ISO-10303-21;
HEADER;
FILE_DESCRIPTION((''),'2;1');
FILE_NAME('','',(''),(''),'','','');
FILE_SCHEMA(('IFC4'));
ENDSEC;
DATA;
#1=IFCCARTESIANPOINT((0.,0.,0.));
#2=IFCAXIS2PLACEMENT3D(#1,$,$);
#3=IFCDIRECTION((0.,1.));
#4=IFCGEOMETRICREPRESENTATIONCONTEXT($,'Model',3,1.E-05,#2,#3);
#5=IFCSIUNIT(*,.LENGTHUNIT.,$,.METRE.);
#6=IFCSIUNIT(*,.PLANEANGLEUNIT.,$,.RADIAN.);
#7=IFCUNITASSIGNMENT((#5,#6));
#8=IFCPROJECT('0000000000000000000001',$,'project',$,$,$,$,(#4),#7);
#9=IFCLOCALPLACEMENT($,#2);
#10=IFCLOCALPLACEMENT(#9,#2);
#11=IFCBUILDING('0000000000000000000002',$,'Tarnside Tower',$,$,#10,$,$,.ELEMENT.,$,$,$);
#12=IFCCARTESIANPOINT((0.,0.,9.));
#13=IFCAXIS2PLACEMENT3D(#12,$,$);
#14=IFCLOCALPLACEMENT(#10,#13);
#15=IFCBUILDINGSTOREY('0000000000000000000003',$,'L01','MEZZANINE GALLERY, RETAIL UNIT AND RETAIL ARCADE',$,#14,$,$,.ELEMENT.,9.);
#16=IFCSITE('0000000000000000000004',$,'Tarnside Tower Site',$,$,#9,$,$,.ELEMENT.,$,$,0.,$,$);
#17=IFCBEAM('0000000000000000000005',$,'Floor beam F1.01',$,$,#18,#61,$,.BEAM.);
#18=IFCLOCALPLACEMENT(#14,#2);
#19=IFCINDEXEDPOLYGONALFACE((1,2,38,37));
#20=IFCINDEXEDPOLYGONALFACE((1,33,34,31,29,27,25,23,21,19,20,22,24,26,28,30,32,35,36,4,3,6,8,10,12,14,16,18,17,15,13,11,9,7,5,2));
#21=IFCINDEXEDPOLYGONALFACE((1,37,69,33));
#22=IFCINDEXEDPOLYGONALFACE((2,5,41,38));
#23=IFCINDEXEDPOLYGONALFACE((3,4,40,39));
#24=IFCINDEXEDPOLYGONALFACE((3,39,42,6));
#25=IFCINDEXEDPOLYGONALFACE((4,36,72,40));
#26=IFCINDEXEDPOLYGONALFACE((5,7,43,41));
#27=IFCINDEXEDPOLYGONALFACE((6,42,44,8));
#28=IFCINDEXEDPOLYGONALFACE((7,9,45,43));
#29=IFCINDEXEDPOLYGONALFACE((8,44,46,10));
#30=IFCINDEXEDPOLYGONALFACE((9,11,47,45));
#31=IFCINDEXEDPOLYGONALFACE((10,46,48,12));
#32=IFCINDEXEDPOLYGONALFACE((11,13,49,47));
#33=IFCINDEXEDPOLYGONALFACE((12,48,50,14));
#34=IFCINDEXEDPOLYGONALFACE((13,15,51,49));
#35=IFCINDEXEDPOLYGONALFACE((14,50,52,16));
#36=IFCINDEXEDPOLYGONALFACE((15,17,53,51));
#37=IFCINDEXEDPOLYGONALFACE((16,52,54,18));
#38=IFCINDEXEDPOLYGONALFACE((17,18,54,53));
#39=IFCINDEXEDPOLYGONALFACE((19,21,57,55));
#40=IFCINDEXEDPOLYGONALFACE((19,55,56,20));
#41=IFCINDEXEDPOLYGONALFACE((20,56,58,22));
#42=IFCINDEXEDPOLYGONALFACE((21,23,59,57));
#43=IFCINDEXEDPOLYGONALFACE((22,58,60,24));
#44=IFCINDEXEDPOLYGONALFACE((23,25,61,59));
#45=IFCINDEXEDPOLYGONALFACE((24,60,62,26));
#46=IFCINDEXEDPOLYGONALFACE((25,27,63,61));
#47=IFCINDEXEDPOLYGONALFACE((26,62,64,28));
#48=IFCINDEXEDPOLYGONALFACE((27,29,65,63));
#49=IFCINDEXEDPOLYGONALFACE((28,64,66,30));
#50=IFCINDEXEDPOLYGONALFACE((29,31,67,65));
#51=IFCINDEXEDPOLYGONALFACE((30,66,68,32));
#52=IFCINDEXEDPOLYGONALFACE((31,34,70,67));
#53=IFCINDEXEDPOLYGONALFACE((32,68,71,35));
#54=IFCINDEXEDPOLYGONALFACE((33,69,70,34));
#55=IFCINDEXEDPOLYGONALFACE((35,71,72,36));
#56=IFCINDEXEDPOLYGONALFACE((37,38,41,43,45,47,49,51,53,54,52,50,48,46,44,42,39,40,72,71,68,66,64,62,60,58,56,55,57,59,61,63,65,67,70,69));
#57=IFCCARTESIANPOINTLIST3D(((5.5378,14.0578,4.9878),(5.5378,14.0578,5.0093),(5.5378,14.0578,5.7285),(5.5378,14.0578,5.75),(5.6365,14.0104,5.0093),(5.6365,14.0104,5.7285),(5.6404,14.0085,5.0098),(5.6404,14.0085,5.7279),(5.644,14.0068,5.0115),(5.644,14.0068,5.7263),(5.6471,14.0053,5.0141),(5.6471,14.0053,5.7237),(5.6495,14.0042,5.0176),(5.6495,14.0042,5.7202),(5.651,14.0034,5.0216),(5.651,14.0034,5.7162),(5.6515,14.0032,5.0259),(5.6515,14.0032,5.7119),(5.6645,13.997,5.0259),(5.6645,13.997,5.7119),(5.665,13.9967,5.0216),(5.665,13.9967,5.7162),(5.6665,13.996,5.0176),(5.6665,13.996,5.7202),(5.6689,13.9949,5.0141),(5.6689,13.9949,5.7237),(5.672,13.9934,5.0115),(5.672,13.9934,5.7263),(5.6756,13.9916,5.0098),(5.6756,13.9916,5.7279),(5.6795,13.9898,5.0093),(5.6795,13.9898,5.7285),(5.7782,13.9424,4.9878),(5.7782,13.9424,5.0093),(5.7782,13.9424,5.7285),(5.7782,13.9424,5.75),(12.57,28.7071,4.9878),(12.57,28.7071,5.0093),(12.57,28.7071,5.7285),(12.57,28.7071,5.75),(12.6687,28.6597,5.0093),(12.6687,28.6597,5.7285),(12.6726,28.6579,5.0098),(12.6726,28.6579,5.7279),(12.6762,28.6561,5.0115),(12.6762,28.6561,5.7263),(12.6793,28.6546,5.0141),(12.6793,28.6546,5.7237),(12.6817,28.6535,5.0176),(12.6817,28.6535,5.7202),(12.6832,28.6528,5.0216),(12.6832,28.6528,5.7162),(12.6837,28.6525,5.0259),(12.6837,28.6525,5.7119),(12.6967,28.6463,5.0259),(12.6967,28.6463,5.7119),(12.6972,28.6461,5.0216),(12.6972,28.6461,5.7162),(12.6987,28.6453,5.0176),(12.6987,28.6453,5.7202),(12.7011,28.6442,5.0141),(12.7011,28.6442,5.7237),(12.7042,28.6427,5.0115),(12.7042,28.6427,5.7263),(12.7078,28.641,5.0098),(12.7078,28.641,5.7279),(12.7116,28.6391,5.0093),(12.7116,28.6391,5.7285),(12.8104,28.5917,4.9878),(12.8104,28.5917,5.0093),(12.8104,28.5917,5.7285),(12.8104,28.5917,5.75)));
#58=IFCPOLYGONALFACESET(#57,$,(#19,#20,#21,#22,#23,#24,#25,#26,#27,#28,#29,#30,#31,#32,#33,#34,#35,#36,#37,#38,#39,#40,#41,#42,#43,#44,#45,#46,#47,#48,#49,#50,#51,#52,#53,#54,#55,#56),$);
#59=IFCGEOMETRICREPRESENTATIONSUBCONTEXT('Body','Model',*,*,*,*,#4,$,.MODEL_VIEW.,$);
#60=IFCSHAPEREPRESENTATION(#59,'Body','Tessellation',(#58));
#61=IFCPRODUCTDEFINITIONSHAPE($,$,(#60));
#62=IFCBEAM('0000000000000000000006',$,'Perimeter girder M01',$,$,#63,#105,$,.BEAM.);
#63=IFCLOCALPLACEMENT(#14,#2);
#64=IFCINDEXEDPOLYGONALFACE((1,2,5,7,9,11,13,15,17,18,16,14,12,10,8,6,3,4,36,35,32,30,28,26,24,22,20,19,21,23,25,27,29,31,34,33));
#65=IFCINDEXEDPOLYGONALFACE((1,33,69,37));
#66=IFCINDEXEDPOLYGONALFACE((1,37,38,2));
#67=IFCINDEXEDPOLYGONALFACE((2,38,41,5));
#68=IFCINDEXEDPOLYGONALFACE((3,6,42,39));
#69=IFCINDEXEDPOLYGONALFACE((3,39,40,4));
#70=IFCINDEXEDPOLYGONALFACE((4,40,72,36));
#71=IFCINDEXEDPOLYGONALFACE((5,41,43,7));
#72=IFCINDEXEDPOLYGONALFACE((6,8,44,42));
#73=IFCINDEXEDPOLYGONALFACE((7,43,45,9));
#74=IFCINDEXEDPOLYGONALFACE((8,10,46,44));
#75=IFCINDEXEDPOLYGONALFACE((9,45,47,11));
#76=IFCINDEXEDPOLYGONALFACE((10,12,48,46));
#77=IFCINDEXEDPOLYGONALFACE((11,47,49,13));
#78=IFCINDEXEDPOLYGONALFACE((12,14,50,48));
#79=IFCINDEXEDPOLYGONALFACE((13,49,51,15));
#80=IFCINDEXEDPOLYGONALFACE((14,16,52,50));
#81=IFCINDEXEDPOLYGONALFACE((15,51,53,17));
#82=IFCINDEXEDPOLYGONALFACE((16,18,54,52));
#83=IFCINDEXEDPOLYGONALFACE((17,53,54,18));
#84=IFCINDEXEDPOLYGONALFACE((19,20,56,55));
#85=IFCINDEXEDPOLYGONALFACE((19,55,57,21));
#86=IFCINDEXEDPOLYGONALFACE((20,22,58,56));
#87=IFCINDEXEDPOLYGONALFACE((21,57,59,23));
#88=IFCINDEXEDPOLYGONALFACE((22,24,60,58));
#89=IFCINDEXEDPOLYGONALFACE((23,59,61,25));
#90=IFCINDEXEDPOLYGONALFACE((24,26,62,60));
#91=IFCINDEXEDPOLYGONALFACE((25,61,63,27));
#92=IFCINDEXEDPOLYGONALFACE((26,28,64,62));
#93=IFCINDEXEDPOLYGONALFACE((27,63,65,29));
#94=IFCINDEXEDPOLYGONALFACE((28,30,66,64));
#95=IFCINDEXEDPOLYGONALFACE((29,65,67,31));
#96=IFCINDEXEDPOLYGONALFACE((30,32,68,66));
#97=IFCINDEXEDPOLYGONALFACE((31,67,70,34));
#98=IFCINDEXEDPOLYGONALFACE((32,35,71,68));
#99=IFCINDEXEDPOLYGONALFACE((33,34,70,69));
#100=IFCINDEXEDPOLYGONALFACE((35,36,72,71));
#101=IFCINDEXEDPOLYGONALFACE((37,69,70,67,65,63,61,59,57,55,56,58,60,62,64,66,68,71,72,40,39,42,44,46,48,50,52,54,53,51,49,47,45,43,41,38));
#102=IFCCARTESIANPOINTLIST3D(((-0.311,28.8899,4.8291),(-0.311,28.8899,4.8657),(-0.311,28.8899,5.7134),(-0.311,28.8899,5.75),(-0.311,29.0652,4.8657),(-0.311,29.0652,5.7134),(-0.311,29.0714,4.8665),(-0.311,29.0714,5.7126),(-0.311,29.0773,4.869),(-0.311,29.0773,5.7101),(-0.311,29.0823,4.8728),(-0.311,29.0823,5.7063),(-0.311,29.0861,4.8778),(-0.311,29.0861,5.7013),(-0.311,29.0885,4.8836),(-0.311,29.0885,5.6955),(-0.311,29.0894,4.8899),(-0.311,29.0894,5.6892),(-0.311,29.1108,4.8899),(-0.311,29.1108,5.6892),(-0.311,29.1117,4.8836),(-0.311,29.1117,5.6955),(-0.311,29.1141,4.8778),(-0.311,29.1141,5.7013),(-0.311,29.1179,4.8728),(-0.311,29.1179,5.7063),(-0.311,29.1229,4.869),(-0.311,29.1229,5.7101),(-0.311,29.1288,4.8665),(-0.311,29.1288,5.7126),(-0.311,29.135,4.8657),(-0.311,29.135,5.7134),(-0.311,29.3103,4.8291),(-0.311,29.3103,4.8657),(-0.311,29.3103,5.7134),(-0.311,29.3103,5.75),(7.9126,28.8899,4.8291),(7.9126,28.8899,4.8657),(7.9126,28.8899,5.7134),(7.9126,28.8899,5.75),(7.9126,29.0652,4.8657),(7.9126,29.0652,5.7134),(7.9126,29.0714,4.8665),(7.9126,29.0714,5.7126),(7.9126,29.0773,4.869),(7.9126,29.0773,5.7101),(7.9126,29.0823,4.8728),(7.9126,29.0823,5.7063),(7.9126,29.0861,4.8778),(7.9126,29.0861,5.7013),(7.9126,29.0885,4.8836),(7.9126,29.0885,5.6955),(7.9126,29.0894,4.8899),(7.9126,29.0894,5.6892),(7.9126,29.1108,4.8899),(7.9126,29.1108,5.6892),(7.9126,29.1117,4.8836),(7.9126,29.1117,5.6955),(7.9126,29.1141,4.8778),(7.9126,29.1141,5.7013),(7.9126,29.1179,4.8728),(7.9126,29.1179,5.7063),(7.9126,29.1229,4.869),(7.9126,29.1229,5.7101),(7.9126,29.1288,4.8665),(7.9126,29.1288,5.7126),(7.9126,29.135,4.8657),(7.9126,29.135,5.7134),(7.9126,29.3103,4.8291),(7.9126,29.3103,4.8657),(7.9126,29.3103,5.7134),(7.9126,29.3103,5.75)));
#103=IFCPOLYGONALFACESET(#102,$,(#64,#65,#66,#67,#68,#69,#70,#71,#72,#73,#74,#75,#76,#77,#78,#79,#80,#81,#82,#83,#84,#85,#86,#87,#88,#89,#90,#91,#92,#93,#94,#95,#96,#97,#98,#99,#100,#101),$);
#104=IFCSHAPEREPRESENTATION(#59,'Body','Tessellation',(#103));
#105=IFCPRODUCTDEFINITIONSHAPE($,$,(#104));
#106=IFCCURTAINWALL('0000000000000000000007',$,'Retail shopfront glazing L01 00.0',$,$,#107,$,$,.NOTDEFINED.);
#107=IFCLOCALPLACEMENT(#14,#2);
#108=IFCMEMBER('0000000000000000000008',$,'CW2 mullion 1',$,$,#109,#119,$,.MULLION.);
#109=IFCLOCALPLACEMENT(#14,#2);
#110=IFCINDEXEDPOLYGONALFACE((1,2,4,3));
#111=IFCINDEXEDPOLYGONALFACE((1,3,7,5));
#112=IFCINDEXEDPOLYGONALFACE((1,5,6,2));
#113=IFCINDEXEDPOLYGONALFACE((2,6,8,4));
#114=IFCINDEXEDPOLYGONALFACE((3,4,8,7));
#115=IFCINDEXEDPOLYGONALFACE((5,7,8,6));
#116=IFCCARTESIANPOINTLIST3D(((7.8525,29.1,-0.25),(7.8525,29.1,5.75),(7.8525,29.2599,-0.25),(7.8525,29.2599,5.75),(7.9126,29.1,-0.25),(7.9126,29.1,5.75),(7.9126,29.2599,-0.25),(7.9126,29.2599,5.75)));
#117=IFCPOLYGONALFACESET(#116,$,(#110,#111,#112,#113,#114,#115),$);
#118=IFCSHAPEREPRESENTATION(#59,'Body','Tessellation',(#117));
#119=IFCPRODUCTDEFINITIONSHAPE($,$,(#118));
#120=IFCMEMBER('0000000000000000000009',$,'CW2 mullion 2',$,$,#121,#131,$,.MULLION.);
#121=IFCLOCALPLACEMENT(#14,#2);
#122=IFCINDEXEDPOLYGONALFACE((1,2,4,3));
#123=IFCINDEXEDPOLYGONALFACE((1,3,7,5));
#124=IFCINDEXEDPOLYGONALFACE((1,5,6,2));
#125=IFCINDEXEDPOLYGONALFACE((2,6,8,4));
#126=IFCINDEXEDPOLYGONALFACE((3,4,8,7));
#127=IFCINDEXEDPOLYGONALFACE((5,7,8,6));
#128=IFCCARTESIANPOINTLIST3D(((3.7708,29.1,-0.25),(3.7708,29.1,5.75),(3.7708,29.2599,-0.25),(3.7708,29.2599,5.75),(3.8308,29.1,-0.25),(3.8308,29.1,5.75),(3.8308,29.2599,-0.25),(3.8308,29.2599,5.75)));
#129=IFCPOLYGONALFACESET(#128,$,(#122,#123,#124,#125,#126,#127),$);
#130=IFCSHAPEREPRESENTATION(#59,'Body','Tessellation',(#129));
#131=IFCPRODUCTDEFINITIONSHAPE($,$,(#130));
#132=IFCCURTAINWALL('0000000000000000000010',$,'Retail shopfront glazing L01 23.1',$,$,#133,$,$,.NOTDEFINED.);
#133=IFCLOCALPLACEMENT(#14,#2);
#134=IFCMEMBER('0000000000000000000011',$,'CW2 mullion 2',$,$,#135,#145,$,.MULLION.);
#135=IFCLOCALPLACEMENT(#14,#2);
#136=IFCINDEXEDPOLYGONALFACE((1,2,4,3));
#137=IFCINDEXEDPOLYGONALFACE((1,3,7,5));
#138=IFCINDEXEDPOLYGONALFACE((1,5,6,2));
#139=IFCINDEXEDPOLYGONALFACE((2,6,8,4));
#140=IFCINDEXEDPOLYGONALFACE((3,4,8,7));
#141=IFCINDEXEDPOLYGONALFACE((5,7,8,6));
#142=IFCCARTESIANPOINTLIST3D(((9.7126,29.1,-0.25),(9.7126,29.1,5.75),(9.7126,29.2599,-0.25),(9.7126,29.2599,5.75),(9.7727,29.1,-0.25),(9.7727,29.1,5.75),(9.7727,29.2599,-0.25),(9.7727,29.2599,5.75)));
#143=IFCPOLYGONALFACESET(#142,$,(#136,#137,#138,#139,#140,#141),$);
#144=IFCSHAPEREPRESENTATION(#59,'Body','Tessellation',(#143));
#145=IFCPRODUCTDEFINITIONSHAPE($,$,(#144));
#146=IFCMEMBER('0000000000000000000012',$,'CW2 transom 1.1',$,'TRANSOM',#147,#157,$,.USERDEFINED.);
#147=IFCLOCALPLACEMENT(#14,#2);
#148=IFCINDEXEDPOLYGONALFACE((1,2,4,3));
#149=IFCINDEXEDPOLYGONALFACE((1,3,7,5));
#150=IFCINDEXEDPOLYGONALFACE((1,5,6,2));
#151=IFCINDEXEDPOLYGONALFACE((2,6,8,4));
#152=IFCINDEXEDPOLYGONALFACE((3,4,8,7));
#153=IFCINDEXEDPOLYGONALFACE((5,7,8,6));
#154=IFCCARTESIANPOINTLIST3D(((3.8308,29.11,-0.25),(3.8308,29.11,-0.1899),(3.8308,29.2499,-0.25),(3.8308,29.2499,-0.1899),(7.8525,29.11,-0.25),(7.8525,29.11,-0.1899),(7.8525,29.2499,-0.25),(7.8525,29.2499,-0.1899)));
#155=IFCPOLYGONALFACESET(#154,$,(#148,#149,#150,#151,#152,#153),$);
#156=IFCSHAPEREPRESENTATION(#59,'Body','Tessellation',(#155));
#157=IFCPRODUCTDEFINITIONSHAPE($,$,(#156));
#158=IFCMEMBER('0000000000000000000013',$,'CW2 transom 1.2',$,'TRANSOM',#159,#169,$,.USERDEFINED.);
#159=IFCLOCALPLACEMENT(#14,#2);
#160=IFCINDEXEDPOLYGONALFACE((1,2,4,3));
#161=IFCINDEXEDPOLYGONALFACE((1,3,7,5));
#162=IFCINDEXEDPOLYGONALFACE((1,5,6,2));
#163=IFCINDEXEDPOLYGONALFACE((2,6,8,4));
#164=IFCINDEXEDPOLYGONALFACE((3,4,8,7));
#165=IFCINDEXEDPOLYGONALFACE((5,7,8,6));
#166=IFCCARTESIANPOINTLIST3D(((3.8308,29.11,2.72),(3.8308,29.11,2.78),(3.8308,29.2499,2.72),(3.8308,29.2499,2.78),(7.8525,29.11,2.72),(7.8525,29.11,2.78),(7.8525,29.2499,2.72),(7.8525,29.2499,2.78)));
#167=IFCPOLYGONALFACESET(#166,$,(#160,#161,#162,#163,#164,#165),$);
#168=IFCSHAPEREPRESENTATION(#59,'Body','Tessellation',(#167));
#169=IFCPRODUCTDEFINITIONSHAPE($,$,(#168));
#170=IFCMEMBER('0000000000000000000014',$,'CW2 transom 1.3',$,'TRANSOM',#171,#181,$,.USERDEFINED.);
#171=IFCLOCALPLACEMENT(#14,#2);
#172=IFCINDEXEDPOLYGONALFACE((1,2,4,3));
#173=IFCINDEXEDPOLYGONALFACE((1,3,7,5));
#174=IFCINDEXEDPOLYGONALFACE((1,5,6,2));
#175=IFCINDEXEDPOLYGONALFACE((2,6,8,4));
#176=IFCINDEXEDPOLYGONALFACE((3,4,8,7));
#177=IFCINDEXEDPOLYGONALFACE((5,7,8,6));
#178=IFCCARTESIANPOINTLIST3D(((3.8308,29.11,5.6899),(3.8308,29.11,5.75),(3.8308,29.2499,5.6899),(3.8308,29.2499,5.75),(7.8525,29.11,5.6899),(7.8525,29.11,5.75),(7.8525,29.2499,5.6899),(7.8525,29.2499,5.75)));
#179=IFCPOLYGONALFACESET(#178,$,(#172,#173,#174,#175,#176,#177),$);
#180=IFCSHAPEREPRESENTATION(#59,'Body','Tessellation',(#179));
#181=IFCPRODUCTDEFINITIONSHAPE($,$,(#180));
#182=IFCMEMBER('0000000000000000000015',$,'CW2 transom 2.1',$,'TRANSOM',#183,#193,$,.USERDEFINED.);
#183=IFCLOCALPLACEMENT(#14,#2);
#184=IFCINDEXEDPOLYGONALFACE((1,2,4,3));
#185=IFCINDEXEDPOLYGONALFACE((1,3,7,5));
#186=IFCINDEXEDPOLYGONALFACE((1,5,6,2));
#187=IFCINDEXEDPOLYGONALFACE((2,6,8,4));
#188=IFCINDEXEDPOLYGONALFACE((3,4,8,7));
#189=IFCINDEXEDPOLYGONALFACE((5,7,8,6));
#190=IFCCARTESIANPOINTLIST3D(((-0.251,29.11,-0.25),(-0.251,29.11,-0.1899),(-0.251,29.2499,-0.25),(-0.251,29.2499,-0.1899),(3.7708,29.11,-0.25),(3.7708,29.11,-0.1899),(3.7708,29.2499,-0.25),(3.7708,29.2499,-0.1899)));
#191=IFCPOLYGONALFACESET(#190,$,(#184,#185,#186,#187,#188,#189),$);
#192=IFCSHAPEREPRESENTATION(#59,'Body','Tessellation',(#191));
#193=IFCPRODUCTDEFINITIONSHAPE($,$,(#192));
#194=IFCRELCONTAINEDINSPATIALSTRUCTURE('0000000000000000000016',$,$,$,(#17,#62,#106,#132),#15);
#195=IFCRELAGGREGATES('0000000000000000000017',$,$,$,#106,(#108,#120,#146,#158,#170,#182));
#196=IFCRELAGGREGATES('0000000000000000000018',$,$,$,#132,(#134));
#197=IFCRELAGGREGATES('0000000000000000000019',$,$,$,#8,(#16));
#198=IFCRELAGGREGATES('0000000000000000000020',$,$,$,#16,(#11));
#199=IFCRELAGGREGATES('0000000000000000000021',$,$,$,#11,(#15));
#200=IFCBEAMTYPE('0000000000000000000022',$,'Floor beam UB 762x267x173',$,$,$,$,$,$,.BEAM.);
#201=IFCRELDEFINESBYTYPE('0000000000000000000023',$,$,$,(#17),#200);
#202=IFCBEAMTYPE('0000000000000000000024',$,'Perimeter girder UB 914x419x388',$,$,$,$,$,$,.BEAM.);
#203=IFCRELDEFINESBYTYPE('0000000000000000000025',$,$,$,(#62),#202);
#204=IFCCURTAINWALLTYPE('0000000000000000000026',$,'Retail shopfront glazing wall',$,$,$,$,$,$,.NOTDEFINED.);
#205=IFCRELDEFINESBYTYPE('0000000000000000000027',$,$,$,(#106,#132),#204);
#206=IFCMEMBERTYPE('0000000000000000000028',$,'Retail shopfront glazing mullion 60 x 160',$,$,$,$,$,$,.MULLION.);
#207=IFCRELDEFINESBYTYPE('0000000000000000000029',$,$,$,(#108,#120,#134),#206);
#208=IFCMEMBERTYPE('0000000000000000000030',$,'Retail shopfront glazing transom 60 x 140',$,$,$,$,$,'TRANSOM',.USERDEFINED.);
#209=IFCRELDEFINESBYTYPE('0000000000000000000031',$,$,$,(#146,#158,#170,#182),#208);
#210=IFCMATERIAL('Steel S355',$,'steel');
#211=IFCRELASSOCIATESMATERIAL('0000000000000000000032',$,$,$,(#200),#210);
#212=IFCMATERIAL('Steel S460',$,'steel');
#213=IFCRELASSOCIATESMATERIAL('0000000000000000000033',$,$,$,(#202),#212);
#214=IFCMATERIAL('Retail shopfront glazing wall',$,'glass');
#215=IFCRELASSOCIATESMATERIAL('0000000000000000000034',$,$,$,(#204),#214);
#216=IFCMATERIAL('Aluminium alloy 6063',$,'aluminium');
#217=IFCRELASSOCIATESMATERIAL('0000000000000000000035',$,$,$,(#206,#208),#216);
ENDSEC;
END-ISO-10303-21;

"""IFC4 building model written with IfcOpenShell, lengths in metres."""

from ifc_helpers import new_model, si_unit, direction, frame, origin, origin_2d, place, context, subcontext, project, spatial, rectangle, i_section, extrude, material, material_profile, profile_set, type_object, element, aggregate, save


model = new_model("IFC4")

# Units and contexts
model_context = context("Model", 3, precision=1e-05, world=origin(), true_north=direction((0.0, 1.0)))
body_context = subcontext(model_context, "Body", "Model", "MODEL_VIEW")
ifc_project = project(units=[si_unit("LENGTHUNIT", "METRE"), si_unit("PLANEANGLEUNIT", "RADIAN")], contexts=[model_context])

# Site, building, storey
site_placement = place(None, origin())
site = spatial("IfcSite", under=ifc_project, at=site_placement, Name="Tarnside Tower Site", CompositionType="ELEMENT", RefElevation=0.0)
building_placement = place(site_placement, origin())
building = spatial("IfcBuilding", under=site, at=building_placement, Name="Tarnside Tower", CompositionType="ELEMENT")
storey_placement = place(building_placement, frame((0.0, 0.0, 9.0)))
storey = spatial("IfcBuildingStorey", under=building, at=storey_placement, Name="L01", Description="MEZZANINE GALLERY, RETAIL UNIT AND RETAIL ARCADE", CompositionType="ELEMENT", Elevation=9.0)

# Beams
ifc_material_1 = material(Name="Steel S355", Category="steel")
ifc_material_profile_1 = material_profile(ifc_material_1, i_section(OverallWidth=0.2666, OverallDepth=0.7622, WebThickness=0.0144, FlangeThickness=0.0215, FilletRadius=0.0166, at=origin_2d()), Name="UB 762x267x173")
ifc_profile_set_1 = profile_set([ifc_material_profile_1], Name="Steel S355")
beam_type_1 = type_object("IfcBeamType", Name="Floor beam UB 762x267x173", PredefinedType="BEAM", material=ifc_profile_set_1)
beam_1_placement = place(storey_placement, frame((12.6902, 28.6494, 5.3689), z_axis=(-0.432756, -0.901511, 0.0), x_axis=(0.901511, -0.432756, 0.0)))
element("IfcBeam", 1, at=beam_1_placement, inside=storey, type_object=beam_type_1, Name="Floor beam F1.01", PredefinedType="BEAM", context=body_context, shape_type="SweptSolid", body=[
    extrude(i_section(OverallWidth=0.2666, OverallDepth=0.7622, WebThickness=0.0144, FlangeThickness=0.0215, FilletRadius=0.0166, at=origin_2d()), origin(), (0.0, 0.0, 1.0), 16.2498),
])
ifc_material_2 = material(Name="Steel S460", Category="steel")
ifc_material_profile_2 = material_profile(ifc_material_2, i_section(OverallWidth=0.4204, OverallDepth=0.9209, WebThickness=0.0215, FlangeThickness=0.0366, FilletRadius=0.0242, at=origin_2d()), Name="UB 914x419x388")
ifc_profile_set_2 = profile_set([ifc_material_profile_2], Name="Steel S460")
beam_type_2 = type_object("IfcBeamType", Name="Perimeter girder UB 914x419x388", PredefinedType="BEAM", material=ifc_profile_set_2)
beam_2_placement = place(storey_placement, frame((7.9126, 29.1001, 5.2896), z_axis=(-1.0, 0.0, 0.0), x_axis=(0.0, -1.0, 0.0)))
element("IfcBeam", 2, at=beam_2_placement, inside=storey, type_object=beam_type_2, Name="Perimeter girder M01", PredefinedType="BEAM", context=body_context, shape_type="SweptSolid", body=[
    extrude(i_section(OverallWidth=0.4204, OverallDepth=0.9209, WebThickness=0.0215, FlangeThickness=0.0366, FilletRadius=0.0242, at=origin_2d()), origin(), (0.0, 0.0, 1.0), 8.2236),
])

# Curtain wall, members
ifc_material_3 = material(Name="Retail shopfront glazing wall", Category="glass")
curtain_wall_type = type_object("IfcCurtainWallType", Name="Retail shopfront glazing wall", PredefinedType="NOTDEFINED", material=ifc_material_3)
curtain_wall_1_placement = place(storey_placement, origin())
curtain_wall_1 = element("IfcCurtainWall", 3, at=curtain_wall_1_placement, inside=storey, type_object=curtain_wall_type, Name="Retail shopfront glazing L01 00.0", PredefinedType="NOTDEFINED")
ifc_material_4 = material(Name="Aluminium alloy 6063", Category="aluminium")
ifc_material_profile_3 = material_profile(ifc_material_4, rectangle(XDim=0.1599, YDim=0.0601, at=origin_2d()), Name="Retail shopfront glazing mullion 60 x 160")
ifc_profile_set_3 = profile_set([ifc_material_profile_3], Name="Aluminium alloy 6063")
member_type_1 = type_object("IfcMemberType", Name="Retail shopfront glazing mullion 60 x 160", PredefinedType="MULLION", material=ifc_profile_set_3)
member_1_placement = place(storey_placement, frame((7.8826, 29.1799, -0.25), z_axis=(0.0, 0.0, 1.0), x_axis=(0.0, -1.0, 0.0)))
member_1 = element("IfcMember", 4, at=member_1_placement, type_object=member_type_1, Name="CW2 mullion 1", PredefinedType="MULLION", context=body_context, shape_type="SweptSolid", body=[
    extrude(rectangle(XDim=0.1599, YDim=0.0601, at=origin_2d()), origin(), (0.0, 0.0, 1.0), 6.0),
])
member_2_placement = place(storey_placement, frame((3.8008, 29.1799, -0.25), z_axis=(0.0, 0.0, 1.0), x_axis=(0.0, -1.0, 0.0)))
member_2 = element("IfcMember", 5, at=member_2_placement, type_object=member_type_1, Name="CW2 mullion 2", PredefinedType="MULLION", context=body_context, shape_type="SweptSolid", body=[
    extrude(rectangle(XDim=0.1599, YDim=0.0601, at=origin_2d()), origin(), (0.0, 0.0, 1.0), 6.0),
])

# Curtain wall, member
curtain_wall_2_placement = place(storey_placement, origin())
curtain_wall_2 = element("IfcCurtainWall", 6, at=curtain_wall_2_placement, inside=storey, type_object=curtain_wall_type, Name="Retail shopfront glazing L01 23.1", PredefinedType="NOTDEFINED")
member_3_placement = place(storey_placement, frame((9.7427, 29.1799, -0.25), z_axis=(0.0, 0.0, 1.0), x_axis=(0.0, -1.0, 0.0)))
member_3 = element("IfcMember", 7, at=member_3_placement, type_object=member_type_1, Name="CW2 mullion 2", PredefinedType="MULLION", context=body_context, shape_type="SweptSolid", body=[
    extrude(rectangle(XDim=0.1599, YDim=0.0601, at=origin_2d()), origin(), (0.0, 0.0, 1.0), 6.0),
])

# Members
ifc_material_profile_4 = material_profile(ifc_material_4, rectangle(XDim=0.1399, YDim=0.0601, at=origin_2d()), Name="Retail shopfront glazing transom 60 x 140")
ifc_profile_set_4 = profile_set([ifc_material_profile_4], Name="Aluminium alloy 6063")
member_type_2 = type_object("IfcMemberType", Name="Retail shopfront glazing transom 60 x 140", ElementType="TRANSOM", PredefinedType="USERDEFINED", material=ifc_profile_set_4)
member_4_placement = place(storey_placement, frame((7.8525, 29.1799, -0.22), z_axis=(-1.0, 0.0, 0.0), x_axis=(0.0, -1.0, 0.0)))
member_4 = element("IfcMember", 8, at=member_4_placement, type_object=member_type_2, Name="CW2 transom 1.1", ObjectType="TRANSOM", PredefinedType="USERDEFINED", context=body_context, shape_type="SweptSolid", body=[
    extrude(rectangle(XDim=0.1399, YDim=0.0601, at=origin_2d()), origin(), (0.0, 0.0, 1.0), 4.0217),
])
member_5_placement = place(storey_placement, frame((7.8525, 29.1799, 2.75), z_axis=(-1.0, 0.0, 0.0), x_axis=(0.0, -1.0, 0.0)))
member_5 = element("IfcMember", 9, at=member_5_placement, type_object=member_type_2, Name="CW2 transom 1.2", ObjectType="TRANSOM", PredefinedType="USERDEFINED", context=body_context, shape_type="SweptSolid", body=[
    extrude(rectangle(XDim=0.1399, YDim=0.0601, at=origin_2d()), origin(), (0.0, 0.0, 1.0), 4.0217),
])
member_6_placement = place(storey_placement, frame((7.8525, 29.1799, 5.72), z_axis=(-1.0, 0.0, 0.0), x_axis=(0.0, -1.0, 0.0)))
member_6 = element("IfcMember", 10, at=member_6_placement, type_object=member_type_2, Name="CW2 transom 1.3", ObjectType="TRANSOM", PredefinedType="USERDEFINED", context=body_context, shape_type="SweptSolid", body=[
    extrude(rectangle(XDim=0.1399, YDim=0.0601, at=origin_2d()), origin(), (0.0, 0.0, 1.0), 4.0217),
])
member_7_placement = place(storey_placement, frame((3.7708, 29.1799, -0.22), z_axis=(-1.0, 0.0, 0.0), x_axis=(0.0, -1.0, 0.0)))
member_7 = element("IfcMember", 11, at=member_7_placement, type_object=member_type_2, Name="CW2 transom 2.1", ObjectType="TRANSOM", PredefinedType="USERDEFINED", context=body_context, shape_type="SweptSolid", body=[
    extrude(rectangle(XDim=0.1399, YDim=0.0601, at=origin_2d()), origin(), (0.0, 0.0, 1.0), 4.0217),
])

aggregate(curtain_wall_1, [member_1, member_2, member_4, member_5, member_6, member_7])
aggregate(curtain_wall_2, [member_3])

save(model, "model.ifc")
